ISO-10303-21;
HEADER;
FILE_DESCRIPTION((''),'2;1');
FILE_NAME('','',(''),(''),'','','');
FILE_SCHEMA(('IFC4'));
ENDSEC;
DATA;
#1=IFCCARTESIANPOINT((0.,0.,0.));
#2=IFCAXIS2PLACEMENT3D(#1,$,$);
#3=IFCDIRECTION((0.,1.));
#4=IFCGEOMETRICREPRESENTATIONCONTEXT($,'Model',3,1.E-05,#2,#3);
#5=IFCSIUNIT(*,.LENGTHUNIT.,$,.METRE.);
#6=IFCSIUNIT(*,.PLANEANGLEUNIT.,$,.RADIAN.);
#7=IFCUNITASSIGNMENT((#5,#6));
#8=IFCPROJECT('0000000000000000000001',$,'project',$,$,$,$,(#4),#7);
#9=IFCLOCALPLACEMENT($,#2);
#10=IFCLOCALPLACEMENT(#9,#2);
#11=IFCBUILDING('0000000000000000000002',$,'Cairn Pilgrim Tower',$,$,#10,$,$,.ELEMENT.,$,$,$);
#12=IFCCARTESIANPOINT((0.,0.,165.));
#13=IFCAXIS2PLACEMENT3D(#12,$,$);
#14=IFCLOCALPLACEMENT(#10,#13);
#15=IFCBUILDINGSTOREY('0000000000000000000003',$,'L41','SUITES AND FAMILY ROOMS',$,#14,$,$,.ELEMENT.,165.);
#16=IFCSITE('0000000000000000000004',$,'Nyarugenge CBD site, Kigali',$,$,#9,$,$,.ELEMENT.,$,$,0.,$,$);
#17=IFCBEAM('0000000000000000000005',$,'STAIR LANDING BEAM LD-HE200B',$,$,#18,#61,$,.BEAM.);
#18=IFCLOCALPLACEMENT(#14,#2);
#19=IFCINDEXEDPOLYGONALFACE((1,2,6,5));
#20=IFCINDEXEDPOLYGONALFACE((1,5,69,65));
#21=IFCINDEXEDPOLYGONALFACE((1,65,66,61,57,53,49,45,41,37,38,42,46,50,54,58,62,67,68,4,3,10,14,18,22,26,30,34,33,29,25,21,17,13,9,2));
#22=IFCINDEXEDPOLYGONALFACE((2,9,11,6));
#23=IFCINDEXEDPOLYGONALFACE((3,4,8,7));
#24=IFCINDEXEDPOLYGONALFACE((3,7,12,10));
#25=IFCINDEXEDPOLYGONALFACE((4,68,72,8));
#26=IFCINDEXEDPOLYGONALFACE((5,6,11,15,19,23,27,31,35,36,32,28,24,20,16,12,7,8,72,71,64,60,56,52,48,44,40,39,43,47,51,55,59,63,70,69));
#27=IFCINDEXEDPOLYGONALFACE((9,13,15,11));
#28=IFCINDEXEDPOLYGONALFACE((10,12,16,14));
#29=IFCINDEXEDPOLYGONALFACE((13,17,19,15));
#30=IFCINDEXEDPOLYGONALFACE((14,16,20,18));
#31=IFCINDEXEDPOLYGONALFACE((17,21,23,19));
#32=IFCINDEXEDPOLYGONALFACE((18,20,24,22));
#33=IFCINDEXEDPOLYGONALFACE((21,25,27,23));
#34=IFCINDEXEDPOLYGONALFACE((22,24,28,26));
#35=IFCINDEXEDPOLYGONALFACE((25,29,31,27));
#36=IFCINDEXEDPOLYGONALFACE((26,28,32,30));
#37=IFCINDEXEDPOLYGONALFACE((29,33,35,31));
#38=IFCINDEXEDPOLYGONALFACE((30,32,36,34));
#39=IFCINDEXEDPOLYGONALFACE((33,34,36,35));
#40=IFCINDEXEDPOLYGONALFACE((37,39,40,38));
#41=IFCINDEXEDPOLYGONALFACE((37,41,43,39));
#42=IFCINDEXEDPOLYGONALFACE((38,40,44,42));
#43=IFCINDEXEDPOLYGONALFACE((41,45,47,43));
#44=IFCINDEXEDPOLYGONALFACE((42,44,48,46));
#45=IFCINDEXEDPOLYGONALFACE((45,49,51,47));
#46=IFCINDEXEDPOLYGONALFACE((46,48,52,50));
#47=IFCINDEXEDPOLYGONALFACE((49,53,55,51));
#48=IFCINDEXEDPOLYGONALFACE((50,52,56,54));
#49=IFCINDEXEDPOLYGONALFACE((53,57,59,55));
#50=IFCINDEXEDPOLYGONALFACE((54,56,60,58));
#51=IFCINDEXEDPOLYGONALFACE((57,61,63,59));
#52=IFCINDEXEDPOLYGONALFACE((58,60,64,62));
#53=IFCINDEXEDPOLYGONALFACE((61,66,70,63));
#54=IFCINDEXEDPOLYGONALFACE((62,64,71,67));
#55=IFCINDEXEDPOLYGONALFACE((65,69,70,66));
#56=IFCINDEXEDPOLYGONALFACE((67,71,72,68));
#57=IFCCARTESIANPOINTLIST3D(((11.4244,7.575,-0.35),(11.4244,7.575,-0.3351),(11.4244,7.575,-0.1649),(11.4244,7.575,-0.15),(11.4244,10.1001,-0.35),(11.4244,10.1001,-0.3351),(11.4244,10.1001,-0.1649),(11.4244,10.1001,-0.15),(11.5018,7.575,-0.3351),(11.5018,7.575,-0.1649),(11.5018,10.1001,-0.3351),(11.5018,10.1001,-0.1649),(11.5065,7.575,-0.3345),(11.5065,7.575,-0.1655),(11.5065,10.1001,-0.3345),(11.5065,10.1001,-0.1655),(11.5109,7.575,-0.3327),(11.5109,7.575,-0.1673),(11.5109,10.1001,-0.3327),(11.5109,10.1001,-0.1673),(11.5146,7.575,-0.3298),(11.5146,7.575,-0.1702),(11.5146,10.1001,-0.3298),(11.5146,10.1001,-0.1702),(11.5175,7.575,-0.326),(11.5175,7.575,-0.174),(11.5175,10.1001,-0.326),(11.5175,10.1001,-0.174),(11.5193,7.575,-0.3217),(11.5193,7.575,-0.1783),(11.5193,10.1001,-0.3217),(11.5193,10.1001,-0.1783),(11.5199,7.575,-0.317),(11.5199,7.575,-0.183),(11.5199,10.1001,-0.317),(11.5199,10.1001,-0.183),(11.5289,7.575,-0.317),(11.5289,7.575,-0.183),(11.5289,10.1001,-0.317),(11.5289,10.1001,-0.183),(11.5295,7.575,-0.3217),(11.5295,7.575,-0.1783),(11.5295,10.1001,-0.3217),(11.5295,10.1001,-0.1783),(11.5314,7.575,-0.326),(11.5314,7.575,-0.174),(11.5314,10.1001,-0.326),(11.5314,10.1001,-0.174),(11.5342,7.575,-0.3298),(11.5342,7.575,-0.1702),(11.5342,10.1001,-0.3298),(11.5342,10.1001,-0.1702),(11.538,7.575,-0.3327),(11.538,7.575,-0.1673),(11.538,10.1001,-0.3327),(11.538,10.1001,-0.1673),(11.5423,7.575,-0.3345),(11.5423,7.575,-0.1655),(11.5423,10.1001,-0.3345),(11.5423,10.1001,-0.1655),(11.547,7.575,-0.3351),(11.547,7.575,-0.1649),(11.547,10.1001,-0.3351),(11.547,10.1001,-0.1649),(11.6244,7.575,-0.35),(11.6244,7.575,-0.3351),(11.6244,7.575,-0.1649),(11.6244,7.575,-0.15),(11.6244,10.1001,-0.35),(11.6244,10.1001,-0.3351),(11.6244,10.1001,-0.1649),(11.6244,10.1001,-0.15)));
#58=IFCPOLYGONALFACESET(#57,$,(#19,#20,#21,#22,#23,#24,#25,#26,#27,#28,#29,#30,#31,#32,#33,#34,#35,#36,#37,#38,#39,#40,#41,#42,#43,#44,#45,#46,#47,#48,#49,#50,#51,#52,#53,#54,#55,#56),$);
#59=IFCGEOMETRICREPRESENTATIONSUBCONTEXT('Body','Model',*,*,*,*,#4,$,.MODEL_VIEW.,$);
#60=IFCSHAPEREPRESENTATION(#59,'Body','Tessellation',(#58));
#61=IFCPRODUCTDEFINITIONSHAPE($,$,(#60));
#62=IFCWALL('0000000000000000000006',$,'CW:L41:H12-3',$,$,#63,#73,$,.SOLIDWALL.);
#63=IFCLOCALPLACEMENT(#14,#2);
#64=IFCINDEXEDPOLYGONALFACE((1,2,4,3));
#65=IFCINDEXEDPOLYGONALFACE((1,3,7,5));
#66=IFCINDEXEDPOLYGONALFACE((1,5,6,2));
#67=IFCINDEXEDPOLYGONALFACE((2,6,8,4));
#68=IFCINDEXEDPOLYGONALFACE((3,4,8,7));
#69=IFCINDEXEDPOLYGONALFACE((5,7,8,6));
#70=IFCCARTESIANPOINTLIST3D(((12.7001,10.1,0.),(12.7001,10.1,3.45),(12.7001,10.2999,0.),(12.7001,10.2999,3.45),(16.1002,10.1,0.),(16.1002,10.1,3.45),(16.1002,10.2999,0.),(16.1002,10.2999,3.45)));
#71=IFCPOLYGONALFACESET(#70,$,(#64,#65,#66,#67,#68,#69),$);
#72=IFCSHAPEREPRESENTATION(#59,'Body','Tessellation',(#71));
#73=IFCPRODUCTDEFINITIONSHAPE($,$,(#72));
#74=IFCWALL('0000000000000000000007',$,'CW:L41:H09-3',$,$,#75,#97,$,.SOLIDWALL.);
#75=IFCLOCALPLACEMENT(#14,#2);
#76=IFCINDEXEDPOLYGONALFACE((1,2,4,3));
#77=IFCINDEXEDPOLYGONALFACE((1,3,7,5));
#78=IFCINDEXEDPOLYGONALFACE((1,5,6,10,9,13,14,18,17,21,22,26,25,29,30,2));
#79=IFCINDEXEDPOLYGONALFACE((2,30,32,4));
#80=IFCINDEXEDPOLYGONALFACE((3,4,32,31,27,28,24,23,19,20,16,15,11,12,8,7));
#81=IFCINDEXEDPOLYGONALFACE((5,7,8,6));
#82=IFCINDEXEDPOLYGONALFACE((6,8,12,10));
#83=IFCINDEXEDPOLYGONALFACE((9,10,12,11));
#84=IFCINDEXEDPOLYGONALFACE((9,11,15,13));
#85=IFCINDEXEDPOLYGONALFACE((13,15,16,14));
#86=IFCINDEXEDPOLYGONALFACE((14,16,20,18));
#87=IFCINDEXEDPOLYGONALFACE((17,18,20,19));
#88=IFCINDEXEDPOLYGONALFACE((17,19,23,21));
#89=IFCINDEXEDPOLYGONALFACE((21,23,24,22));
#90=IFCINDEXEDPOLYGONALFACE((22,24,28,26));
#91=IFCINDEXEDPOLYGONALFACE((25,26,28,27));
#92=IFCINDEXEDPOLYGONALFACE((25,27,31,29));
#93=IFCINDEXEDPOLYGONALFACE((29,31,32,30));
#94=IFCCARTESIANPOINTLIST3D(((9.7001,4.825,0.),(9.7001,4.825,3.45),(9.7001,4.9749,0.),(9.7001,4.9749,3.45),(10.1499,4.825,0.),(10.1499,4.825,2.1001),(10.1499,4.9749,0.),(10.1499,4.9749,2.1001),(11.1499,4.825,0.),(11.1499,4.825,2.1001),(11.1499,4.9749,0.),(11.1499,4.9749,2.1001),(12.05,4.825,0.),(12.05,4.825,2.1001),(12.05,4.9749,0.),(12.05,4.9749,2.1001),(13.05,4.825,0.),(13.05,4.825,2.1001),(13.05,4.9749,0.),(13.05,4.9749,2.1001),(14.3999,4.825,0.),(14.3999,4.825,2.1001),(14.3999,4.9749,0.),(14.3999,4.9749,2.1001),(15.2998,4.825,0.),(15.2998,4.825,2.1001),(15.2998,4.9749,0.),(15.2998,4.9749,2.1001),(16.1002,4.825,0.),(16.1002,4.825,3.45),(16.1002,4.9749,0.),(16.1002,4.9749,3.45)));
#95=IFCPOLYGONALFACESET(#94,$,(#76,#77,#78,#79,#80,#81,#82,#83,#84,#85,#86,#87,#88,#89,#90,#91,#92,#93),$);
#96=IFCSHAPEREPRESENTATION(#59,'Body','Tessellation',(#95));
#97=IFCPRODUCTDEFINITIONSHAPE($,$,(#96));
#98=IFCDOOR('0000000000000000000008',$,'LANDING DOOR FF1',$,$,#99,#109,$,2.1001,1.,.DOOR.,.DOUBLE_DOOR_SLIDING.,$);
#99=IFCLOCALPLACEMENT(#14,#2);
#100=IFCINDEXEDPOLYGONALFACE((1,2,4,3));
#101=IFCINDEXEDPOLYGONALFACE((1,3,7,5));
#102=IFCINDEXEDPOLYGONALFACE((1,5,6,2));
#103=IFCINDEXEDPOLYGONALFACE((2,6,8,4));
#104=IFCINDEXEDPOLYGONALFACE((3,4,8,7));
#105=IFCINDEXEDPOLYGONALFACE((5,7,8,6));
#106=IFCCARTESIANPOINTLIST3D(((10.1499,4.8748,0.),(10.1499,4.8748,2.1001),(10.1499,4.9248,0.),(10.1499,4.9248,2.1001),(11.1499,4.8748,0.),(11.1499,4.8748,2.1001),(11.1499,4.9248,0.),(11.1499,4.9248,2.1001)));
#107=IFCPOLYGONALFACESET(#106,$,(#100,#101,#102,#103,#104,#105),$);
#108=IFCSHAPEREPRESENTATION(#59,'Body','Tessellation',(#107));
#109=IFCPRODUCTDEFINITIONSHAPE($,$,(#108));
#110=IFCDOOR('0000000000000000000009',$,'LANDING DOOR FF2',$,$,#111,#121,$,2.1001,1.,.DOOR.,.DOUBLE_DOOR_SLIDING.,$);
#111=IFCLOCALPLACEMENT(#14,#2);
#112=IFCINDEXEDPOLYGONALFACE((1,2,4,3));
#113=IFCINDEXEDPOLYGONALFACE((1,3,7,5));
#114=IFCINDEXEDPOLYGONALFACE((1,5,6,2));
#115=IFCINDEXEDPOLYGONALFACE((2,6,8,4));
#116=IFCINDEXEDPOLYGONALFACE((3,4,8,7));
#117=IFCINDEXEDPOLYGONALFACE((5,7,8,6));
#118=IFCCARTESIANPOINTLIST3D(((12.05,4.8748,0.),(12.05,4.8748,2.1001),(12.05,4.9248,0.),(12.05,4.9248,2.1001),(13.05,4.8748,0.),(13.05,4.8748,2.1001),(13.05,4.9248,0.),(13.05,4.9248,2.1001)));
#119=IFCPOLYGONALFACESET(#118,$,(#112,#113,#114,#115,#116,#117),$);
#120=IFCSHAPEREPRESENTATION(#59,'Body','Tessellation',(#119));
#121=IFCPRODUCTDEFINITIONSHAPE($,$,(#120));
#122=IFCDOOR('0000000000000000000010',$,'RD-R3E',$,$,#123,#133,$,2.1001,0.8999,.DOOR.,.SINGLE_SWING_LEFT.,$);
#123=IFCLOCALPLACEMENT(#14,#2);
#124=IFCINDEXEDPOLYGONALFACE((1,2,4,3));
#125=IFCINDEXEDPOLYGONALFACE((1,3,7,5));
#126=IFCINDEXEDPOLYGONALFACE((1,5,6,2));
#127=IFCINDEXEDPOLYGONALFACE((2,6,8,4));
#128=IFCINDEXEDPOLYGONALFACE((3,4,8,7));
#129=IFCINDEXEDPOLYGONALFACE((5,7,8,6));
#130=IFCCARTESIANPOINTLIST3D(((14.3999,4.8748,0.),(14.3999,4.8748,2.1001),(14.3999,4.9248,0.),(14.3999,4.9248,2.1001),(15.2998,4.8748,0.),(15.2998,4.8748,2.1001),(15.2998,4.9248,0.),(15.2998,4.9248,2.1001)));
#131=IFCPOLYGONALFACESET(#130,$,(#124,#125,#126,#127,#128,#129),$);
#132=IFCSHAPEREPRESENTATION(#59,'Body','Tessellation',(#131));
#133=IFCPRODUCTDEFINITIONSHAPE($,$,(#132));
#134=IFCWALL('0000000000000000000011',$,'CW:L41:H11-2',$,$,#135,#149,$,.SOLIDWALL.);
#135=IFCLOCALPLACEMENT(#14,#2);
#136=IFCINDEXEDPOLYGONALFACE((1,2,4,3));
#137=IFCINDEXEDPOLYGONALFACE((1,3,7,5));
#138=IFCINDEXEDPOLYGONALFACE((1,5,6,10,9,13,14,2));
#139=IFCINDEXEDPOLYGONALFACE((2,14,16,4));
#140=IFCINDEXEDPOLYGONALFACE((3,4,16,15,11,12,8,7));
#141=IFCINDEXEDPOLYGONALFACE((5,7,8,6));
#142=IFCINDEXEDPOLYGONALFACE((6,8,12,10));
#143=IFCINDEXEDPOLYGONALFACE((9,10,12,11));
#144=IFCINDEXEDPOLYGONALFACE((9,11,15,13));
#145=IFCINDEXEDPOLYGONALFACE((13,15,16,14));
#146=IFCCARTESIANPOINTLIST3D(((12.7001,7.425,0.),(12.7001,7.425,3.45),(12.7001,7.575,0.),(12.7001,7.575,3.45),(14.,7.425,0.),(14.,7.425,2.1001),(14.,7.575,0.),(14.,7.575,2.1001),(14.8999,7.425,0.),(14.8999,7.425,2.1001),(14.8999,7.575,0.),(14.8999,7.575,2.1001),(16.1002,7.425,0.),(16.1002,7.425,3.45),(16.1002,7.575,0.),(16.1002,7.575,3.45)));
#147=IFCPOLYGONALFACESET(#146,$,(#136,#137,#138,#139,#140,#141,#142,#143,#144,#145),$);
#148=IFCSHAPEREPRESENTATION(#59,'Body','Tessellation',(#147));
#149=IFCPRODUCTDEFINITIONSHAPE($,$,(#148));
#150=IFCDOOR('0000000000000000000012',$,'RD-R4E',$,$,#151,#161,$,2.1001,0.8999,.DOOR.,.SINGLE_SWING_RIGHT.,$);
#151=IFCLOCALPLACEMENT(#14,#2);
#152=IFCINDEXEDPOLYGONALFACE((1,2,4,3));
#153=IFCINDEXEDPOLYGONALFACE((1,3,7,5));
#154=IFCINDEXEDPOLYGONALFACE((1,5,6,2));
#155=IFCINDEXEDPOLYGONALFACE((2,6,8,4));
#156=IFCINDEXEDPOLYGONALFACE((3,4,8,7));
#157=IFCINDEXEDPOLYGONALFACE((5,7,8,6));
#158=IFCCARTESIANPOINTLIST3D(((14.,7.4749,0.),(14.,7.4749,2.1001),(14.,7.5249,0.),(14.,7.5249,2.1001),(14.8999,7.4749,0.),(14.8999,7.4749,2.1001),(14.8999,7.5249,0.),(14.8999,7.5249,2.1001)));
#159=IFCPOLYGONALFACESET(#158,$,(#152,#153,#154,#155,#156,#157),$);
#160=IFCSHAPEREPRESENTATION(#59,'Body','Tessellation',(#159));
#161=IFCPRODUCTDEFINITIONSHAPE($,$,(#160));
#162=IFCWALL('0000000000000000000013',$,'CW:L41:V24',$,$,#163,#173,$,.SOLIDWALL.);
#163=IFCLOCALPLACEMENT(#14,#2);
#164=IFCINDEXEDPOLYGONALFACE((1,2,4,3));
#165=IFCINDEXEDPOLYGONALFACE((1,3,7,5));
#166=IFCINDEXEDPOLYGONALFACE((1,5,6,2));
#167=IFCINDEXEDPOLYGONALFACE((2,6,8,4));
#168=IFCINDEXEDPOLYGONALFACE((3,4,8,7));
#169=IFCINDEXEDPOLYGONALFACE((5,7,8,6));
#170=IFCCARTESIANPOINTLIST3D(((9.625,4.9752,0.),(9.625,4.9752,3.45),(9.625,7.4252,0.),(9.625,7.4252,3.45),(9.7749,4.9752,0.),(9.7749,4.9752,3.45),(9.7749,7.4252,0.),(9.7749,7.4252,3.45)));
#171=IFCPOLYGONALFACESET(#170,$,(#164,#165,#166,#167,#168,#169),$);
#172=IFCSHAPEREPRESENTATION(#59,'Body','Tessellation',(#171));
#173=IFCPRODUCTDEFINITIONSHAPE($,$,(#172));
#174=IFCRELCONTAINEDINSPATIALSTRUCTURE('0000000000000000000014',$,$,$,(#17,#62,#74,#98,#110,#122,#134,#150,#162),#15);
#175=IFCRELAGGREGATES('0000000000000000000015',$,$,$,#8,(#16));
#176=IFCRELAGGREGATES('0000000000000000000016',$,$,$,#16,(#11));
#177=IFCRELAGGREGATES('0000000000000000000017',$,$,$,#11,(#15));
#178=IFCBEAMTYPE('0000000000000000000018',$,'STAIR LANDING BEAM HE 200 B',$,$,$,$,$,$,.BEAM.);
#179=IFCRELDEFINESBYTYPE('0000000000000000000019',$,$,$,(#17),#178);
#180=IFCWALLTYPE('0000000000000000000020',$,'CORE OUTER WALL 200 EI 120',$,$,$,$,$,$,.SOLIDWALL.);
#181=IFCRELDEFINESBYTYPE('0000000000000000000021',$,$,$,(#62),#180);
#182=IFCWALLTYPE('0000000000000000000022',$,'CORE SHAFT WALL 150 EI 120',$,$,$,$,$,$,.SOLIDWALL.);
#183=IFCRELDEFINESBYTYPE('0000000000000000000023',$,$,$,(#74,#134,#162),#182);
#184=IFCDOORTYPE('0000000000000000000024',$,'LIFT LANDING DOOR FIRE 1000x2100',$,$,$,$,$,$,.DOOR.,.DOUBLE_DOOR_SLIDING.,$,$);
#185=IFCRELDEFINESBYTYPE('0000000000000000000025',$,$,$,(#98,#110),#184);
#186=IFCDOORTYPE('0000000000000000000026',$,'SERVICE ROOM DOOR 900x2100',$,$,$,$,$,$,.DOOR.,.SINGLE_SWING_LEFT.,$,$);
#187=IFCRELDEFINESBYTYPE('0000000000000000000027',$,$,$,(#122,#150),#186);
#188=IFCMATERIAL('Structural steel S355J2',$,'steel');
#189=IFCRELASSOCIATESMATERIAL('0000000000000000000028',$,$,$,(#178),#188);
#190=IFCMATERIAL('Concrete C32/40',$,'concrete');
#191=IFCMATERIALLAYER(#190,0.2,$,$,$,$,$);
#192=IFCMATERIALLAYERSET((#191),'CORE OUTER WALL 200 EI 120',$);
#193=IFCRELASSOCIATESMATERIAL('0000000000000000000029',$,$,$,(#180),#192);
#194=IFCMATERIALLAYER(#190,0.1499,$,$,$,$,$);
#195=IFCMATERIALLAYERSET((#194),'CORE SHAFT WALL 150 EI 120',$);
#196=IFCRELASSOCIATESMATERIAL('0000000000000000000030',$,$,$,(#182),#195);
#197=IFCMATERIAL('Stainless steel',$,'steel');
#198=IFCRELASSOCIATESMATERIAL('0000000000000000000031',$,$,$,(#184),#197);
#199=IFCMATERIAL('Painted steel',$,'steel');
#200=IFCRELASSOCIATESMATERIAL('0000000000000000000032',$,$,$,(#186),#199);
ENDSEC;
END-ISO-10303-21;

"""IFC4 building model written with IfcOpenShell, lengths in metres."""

from ifc_helpers import new_model, si_unit, direction, frame, frame_2d, origin, origin_2d, place, context, subcontext, project, spatial, rectangle, i_section, extrude, material, layer, layer_set, material_profile, profile_set, type_object, element, fill, save


model = new_model("IFC4")

# Units and contexts
model_context = context("Model", 3, precision=1e-05, world=origin(), true_north=direction((0.0, 1.0)))
body_context = subcontext(model_context, "Body", "Model", "MODEL_VIEW")
ifc_project = project(units=[si_unit("LENGTHUNIT", "METRE"), si_unit("PLANEANGLEUNIT", "RADIAN")], contexts=[model_context])

# Site, building, storey
site_placement = place(None, origin())
site = spatial("IfcSite", under=ifc_project, at=site_placement, Name="Nyarugenge CBD site, Kigali", CompositionType="ELEMENT", RefElevation=0.0)
building_placement = place(site_placement, origin())
building = spatial("IfcBuilding", under=site, at=building_placement, Name="Cairn Pilgrim Tower", CompositionType="ELEMENT")
storey_placement = place(building_placement, frame((0.0, 0.0, 165.0)))
storey = spatial("IfcBuildingStorey", under=building, at=storey_placement, Name="L41", Description="SUITES AND FAMILY ROOMS", CompositionType="ELEMENT", Elevation=165.0)

# Shared definitions
ifc_material_1 = material(Name="Structural steel S355J2", Category="steel")

# Beam
ifc_material_profile_1 = material_profile(ifc_material_1, i_section(OverallWidth=0.2, OverallDepth=0.2, WebThickness=0.009, FlangeThickness=0.0149, FilletRadius=0.0181, at=origin_2d()), Name="HE 200 B")
ifc_profile_set_1 = profile_set([ifc_material_profile_1], Name="Structural steel S355J2")
beam_type_1 = type_object("IfcBeamType", Name="STAIR LANDING BEAM HE 200 B", PredefinedType="BEAM", material=ifc_profile_set_1)
beam_1_placement = place(storey_placement, frame((11.5244, 10.1001, -0.25), z_axis=(0.0, -1.0, 0.0), x_axis=(1.0, 0.0, 0.0)))
element("IfcBeam", 1, at=beam_1_placement, inside=storey, type_object=beam_type_1, Name="STAIR LANDING BEAM LD-HE200B", PredefinedType="BEAM", context=body_context, shape_type="SweptSolid", body=[
    extrude(i_section(OverallWidth=0.2, OverallDepth=0.2, WebThickness=0.009, FlangeThickness=0.0149, FilletRadius=0.0181, at=origin_2d()), origin(), (0.0, 0.0, 1.0), 2.5251),
])

# Wall
ifc_material_2 = material(Name="Concrete C32/40", Category="concrete")
ifc_layer_1 = layer(ifc_material_2, 0.2)
ifc_layer_set_1 = layer_set([ifc_layer_1], Name="CORE OUTER WALL 200 EI 120")
wall_type_1 = type_object("IfcWallType", Name="CORE OUTER WALL 200 EI 120", PredefinedType="SOLIDWALL", material=ifc_layer_set_1)
wall_1_placement = place(storey_placement, frame((12.7, 10.2, 0.0), z_axis=(0.0, 0.0, 1.0), x_axis=(1.0, 0.0, 0.0)))
element("IfcWall", 2, at=wall_1_placement, inside=storey, type_object=wall_type_1, Name="CW:L41:H12-3", PredefinedType="SOLIDWALL", context=body_context, shape_type="SweptSolid", body=[
    extrude(rectangle(XDim=3.4001, YDim=0.2, at=frame_2d((1.7002, 0.0))), origin(), (0.0, 0.0, 1.0), 3.45),
])

# Wall, openings, doors
ifc_layer_2 = layer(ifc_material_2, 0.1499)
ifc_layer_set_2 = layer_set([ifc_layer_2], Name="CORE SHAFT WALL 150 EI 120")
wall_type_2 = type_object("IfcWallType", Name="CORE SHAFT WALL 150 EI 120", PredefinedType="SOLIDWALL", material=ifc_layer_set_2)
wall_2_placement = place(storey_placement, frame((9.7, 4.8999, 0.0), z_axis=(0.0, 0.0, 1.0), x_axis=(1.0, 0.0, 0.0)))
wall_2 = element("IfcWall", 3, at=wall_2_placement, inside=storey, type_object=wall_type_2, Name="CW:L41:H09-3", PredefinedType="SOLIDWALL", context=body_context, shape_type="SweptSolid", body=[
    extrude(rectangle(XDim=6.4001, YDim=0.1499, at=frame_2d((3.2002, 0.0))), origin(), (0.0, 0.0, 1.0), 3.45),
])
opening_1_placement = place(wall_2_placement, frame((0.45, 0.0, 0.0)))
opening_1 = element("IfcOpeningElement", 4, at=opening_1_placement, cuts=wall_2, PredefinedType="OPENING", context=body_context, shape_type="SweptSolid", body=[
    extrude(rectangle(XDim=1.0, YDim=2.1001, at=frame_2d((0.5, 1.05))), frame((0.0, 0.085, 0.0), z_axis=(0.0, -1.0, 0.0), x_axis=(1.0, 0.0, 0.0)), (0.0, 0.0, 1.0), 0.1699),
])
opening_2_placement = place(wall_2_placement, frame((2.3501, 0.0, 0.0)))
opening_2 = element("IfcOpeningElement", 5, at=opening_2_placement, cuts=wall_2, PredefinedType="OPENING", context=body_context, shape_type="SweptSolid", body=[
    extrude(rectangle(XDim=1.0, YDim=2.1001, at=frame_2d((0.5, 1.05))), frame((0.0, 0.085, 0.0), z_axis=(0.0, -1.0, 0.0), x_axis=(1.0, 0.0, 0.0)), (0.0, 0.0, 1.0), 0.1699),
])
opening_3_placement = place(wall_2_placement, frame((4.7, 0.0, 0.0)))
opening_3 = element("IfcOpeningElement", 6, at=opening_3_placement, cuts=wall_2, PredefinedType="OPENING", context=body_context, shape_type="SweptSolid", body=[
    extrude(rectangle(XDim=0.8999, YDim=2.1001, at=frame_2d((0.45, 1.05))), frame((0.0, 0.085, 0.0), z_axis=(0.0, -1.0, 0.0), x_axis=(1.0, 0.0, 0.0)), (0.0, 0.0, 1.0), 0.1699),
])
ifc_material_3 = material(Name="Stainless steel", Category="steel")
door_type_1 = type_object("IfcDoorType", Name="LIFT LANDING DOOR FIRE 1000x2100", OperationType="DOUBLE_DOOR_SLIDING", PredefinedType="DOOR", material=ifc_material_3)
door_1_placement = place(opening_1_placement, origin())
door_1 = element("IfcDoor", 7, at=door_1_placement, inside=storey, type_object=door_type_1, Name="LANDING DOOR FF1", OperationType="DOUBLE_DOOR_SLIDING", OverallHeight=2.1001, OverallWidth=1.0, PredefinedType="DOOR", context=body_context, shape_type="SweptSolid", body=[
    extrude(rectangle(XDim=1.0, YDim=2.1001, at=frame_2d((0.5, 1.05))), frame((0.0, 0.0249, 0.0), z_axis=(0.0, -1.0, 0.0), x_axis=(1.0, 0.0, 0.0)), (0.0, 0.0, 1.0), 0.05),
])
fill(opening_1, door_1)
door_2_placement = place(opening_2_placement, origin())
door_2 = element("IfcDoor", 8, at=door_2_placement, inside=storey, type_object=door_type_1, Name="LANDING DOOR FF2", OperationType="DOUBLE_DOOR_SLIDING", OverallHeight=2.1001, OverallWidth=1.0, PredefinedType="DOOR", context=body_context, shape_type="SweptSolid", body=[
    extrude(rectangle(XDim=1.0, YDim=2.1001, at=frame_2d((0.5, 1.05))), frame((0.0, 0.0249, 0.0), z_axis=(0.0, -1.0, 0.0), x_axis=(1.0, 0.0, 0.0)), (0.0, 0.0, 1.0), 0.05),
])
fill(opening_2, door_2)
ifc_material_4 = material(Name="Painted steel", Category="steel")
door_type_2 = type_object("IfcDoorType", Name="SERVICE ROOM DOOR 900x2100", OperationType="SINGLE_SWING_LEFT", PredefinedType="DOOR", material=ifc_material_4)
door_3_placement = place(opening_3_placement, origin())
door_3 = element("IfcDoor", 9, at=door_3_placement, inside=storey, type_object=door_type_2, Name="RD-R3E", OperationType="SINGLE_SWING_LEFT", OverallHeight=2.1001, OverallWidth=0.8999, PredefinedType="DOOR", context=body_context, shape_type="SweptSolid", body=[
    extrude(rectangle(XDim=0.8999, YDim=2.1001, at=frame_2d((0.45, 1.05))), frame((0.0, 0.0249, 0.0), z_axis=(0.0, -1.0, 0.0), x_axis=(1.0, 0.0, 0.0)), (0.0, 0.0, 1.0), 0.05),
])
fill(opening_3, door_3)

# Wall, opening, door
wall_3_placement = place(storey_placement, frame((12.7, 7.5, 0.0), z_axis=(0.0, 0.0, 1.0), x_axis=(1.0, 0.0, 0.0)))
wall_3 = element("IfcWall", 10, at=wall_3_placement, inside=storey, type_object=wall_type_2, Name="CW:L41:H11-2", PredefinedType="SOLIDWALL", context=body_context, shape_type="SweptSolid", body=[
    extrude(rectangle(XDim=3.4001, YDim=0.1499, at=frame_2d((1.7002, 0.0))), origin(), (0.0, 0.0, 1.0), 3.45),
])
opening_4_placement = place(wall_3_placement, frame((1.3, 0.0, 0.0)))
opening_4 = element("IfcOpeningElement", 11, at=opening_4_placement, cuts=wall_3, PredefinedType="OPENING", context=body_context, shape_type="SweptSolid", body=[
    extrude(rectangle(XDim=0.8999, YDim=2.1001, at=frame_2d((0.45, 1.05))), frame((0.0, 0.085, 0.0), z_axis=(0.0, -1.0, 0.0), x_axis=(1.0, 0.0, 0.0)), (0.0, 0.0, 1.0), 0.1699),
])
door_4_placement = place(opening_4_placement, origin())
door_4 = element("IfcDoor", 12, at=door_4_placement, inside=storey, type_object=door_type_2, Name="RD-R4E", OperationType="SINGLE_SWING_RIGHT", OverallHeight=2.1001, OverallWidth=0.8999, PredefinedType="DOOR", context=body_context, shape_type="SweptSolid", body=[
    extrude(rectangle(XDim=0.8999, YDim=2.1001, at=frame_2d((0.45, 1.05))), frame((0.0, 0.0249, 0.0), z_axis=(0.0, -1.0, 0.0), x_axis=(1.0, 0.0, 0.0)), (0.0, 0.0, 1.0), 0.05),
])
fill(opening_4, door_4)

# Wall
wall_4_placement = place(storey_placement, frame((9.7, 4.9751, 0.0), z_axis=(0.0, 0.0, 1.0), x_axis=(0.0, 1.0, 0.0)))
element("IfcWall", 13, at=wall_4_placement, inside=storey, type_object=wall_type_2, Name="CW:L41:V24", PredefinedType="SOLIDWALL", context=body_context, shape_type="SweptSolid", body=[
    extrude(rectangle(XDim=2.45, YDim=0.1499, at=frame_2d((1.2251, 0.0))), origin(), (0.0, 0.0, 1.0), 3.45),
])

save(model, "model.ifc")
